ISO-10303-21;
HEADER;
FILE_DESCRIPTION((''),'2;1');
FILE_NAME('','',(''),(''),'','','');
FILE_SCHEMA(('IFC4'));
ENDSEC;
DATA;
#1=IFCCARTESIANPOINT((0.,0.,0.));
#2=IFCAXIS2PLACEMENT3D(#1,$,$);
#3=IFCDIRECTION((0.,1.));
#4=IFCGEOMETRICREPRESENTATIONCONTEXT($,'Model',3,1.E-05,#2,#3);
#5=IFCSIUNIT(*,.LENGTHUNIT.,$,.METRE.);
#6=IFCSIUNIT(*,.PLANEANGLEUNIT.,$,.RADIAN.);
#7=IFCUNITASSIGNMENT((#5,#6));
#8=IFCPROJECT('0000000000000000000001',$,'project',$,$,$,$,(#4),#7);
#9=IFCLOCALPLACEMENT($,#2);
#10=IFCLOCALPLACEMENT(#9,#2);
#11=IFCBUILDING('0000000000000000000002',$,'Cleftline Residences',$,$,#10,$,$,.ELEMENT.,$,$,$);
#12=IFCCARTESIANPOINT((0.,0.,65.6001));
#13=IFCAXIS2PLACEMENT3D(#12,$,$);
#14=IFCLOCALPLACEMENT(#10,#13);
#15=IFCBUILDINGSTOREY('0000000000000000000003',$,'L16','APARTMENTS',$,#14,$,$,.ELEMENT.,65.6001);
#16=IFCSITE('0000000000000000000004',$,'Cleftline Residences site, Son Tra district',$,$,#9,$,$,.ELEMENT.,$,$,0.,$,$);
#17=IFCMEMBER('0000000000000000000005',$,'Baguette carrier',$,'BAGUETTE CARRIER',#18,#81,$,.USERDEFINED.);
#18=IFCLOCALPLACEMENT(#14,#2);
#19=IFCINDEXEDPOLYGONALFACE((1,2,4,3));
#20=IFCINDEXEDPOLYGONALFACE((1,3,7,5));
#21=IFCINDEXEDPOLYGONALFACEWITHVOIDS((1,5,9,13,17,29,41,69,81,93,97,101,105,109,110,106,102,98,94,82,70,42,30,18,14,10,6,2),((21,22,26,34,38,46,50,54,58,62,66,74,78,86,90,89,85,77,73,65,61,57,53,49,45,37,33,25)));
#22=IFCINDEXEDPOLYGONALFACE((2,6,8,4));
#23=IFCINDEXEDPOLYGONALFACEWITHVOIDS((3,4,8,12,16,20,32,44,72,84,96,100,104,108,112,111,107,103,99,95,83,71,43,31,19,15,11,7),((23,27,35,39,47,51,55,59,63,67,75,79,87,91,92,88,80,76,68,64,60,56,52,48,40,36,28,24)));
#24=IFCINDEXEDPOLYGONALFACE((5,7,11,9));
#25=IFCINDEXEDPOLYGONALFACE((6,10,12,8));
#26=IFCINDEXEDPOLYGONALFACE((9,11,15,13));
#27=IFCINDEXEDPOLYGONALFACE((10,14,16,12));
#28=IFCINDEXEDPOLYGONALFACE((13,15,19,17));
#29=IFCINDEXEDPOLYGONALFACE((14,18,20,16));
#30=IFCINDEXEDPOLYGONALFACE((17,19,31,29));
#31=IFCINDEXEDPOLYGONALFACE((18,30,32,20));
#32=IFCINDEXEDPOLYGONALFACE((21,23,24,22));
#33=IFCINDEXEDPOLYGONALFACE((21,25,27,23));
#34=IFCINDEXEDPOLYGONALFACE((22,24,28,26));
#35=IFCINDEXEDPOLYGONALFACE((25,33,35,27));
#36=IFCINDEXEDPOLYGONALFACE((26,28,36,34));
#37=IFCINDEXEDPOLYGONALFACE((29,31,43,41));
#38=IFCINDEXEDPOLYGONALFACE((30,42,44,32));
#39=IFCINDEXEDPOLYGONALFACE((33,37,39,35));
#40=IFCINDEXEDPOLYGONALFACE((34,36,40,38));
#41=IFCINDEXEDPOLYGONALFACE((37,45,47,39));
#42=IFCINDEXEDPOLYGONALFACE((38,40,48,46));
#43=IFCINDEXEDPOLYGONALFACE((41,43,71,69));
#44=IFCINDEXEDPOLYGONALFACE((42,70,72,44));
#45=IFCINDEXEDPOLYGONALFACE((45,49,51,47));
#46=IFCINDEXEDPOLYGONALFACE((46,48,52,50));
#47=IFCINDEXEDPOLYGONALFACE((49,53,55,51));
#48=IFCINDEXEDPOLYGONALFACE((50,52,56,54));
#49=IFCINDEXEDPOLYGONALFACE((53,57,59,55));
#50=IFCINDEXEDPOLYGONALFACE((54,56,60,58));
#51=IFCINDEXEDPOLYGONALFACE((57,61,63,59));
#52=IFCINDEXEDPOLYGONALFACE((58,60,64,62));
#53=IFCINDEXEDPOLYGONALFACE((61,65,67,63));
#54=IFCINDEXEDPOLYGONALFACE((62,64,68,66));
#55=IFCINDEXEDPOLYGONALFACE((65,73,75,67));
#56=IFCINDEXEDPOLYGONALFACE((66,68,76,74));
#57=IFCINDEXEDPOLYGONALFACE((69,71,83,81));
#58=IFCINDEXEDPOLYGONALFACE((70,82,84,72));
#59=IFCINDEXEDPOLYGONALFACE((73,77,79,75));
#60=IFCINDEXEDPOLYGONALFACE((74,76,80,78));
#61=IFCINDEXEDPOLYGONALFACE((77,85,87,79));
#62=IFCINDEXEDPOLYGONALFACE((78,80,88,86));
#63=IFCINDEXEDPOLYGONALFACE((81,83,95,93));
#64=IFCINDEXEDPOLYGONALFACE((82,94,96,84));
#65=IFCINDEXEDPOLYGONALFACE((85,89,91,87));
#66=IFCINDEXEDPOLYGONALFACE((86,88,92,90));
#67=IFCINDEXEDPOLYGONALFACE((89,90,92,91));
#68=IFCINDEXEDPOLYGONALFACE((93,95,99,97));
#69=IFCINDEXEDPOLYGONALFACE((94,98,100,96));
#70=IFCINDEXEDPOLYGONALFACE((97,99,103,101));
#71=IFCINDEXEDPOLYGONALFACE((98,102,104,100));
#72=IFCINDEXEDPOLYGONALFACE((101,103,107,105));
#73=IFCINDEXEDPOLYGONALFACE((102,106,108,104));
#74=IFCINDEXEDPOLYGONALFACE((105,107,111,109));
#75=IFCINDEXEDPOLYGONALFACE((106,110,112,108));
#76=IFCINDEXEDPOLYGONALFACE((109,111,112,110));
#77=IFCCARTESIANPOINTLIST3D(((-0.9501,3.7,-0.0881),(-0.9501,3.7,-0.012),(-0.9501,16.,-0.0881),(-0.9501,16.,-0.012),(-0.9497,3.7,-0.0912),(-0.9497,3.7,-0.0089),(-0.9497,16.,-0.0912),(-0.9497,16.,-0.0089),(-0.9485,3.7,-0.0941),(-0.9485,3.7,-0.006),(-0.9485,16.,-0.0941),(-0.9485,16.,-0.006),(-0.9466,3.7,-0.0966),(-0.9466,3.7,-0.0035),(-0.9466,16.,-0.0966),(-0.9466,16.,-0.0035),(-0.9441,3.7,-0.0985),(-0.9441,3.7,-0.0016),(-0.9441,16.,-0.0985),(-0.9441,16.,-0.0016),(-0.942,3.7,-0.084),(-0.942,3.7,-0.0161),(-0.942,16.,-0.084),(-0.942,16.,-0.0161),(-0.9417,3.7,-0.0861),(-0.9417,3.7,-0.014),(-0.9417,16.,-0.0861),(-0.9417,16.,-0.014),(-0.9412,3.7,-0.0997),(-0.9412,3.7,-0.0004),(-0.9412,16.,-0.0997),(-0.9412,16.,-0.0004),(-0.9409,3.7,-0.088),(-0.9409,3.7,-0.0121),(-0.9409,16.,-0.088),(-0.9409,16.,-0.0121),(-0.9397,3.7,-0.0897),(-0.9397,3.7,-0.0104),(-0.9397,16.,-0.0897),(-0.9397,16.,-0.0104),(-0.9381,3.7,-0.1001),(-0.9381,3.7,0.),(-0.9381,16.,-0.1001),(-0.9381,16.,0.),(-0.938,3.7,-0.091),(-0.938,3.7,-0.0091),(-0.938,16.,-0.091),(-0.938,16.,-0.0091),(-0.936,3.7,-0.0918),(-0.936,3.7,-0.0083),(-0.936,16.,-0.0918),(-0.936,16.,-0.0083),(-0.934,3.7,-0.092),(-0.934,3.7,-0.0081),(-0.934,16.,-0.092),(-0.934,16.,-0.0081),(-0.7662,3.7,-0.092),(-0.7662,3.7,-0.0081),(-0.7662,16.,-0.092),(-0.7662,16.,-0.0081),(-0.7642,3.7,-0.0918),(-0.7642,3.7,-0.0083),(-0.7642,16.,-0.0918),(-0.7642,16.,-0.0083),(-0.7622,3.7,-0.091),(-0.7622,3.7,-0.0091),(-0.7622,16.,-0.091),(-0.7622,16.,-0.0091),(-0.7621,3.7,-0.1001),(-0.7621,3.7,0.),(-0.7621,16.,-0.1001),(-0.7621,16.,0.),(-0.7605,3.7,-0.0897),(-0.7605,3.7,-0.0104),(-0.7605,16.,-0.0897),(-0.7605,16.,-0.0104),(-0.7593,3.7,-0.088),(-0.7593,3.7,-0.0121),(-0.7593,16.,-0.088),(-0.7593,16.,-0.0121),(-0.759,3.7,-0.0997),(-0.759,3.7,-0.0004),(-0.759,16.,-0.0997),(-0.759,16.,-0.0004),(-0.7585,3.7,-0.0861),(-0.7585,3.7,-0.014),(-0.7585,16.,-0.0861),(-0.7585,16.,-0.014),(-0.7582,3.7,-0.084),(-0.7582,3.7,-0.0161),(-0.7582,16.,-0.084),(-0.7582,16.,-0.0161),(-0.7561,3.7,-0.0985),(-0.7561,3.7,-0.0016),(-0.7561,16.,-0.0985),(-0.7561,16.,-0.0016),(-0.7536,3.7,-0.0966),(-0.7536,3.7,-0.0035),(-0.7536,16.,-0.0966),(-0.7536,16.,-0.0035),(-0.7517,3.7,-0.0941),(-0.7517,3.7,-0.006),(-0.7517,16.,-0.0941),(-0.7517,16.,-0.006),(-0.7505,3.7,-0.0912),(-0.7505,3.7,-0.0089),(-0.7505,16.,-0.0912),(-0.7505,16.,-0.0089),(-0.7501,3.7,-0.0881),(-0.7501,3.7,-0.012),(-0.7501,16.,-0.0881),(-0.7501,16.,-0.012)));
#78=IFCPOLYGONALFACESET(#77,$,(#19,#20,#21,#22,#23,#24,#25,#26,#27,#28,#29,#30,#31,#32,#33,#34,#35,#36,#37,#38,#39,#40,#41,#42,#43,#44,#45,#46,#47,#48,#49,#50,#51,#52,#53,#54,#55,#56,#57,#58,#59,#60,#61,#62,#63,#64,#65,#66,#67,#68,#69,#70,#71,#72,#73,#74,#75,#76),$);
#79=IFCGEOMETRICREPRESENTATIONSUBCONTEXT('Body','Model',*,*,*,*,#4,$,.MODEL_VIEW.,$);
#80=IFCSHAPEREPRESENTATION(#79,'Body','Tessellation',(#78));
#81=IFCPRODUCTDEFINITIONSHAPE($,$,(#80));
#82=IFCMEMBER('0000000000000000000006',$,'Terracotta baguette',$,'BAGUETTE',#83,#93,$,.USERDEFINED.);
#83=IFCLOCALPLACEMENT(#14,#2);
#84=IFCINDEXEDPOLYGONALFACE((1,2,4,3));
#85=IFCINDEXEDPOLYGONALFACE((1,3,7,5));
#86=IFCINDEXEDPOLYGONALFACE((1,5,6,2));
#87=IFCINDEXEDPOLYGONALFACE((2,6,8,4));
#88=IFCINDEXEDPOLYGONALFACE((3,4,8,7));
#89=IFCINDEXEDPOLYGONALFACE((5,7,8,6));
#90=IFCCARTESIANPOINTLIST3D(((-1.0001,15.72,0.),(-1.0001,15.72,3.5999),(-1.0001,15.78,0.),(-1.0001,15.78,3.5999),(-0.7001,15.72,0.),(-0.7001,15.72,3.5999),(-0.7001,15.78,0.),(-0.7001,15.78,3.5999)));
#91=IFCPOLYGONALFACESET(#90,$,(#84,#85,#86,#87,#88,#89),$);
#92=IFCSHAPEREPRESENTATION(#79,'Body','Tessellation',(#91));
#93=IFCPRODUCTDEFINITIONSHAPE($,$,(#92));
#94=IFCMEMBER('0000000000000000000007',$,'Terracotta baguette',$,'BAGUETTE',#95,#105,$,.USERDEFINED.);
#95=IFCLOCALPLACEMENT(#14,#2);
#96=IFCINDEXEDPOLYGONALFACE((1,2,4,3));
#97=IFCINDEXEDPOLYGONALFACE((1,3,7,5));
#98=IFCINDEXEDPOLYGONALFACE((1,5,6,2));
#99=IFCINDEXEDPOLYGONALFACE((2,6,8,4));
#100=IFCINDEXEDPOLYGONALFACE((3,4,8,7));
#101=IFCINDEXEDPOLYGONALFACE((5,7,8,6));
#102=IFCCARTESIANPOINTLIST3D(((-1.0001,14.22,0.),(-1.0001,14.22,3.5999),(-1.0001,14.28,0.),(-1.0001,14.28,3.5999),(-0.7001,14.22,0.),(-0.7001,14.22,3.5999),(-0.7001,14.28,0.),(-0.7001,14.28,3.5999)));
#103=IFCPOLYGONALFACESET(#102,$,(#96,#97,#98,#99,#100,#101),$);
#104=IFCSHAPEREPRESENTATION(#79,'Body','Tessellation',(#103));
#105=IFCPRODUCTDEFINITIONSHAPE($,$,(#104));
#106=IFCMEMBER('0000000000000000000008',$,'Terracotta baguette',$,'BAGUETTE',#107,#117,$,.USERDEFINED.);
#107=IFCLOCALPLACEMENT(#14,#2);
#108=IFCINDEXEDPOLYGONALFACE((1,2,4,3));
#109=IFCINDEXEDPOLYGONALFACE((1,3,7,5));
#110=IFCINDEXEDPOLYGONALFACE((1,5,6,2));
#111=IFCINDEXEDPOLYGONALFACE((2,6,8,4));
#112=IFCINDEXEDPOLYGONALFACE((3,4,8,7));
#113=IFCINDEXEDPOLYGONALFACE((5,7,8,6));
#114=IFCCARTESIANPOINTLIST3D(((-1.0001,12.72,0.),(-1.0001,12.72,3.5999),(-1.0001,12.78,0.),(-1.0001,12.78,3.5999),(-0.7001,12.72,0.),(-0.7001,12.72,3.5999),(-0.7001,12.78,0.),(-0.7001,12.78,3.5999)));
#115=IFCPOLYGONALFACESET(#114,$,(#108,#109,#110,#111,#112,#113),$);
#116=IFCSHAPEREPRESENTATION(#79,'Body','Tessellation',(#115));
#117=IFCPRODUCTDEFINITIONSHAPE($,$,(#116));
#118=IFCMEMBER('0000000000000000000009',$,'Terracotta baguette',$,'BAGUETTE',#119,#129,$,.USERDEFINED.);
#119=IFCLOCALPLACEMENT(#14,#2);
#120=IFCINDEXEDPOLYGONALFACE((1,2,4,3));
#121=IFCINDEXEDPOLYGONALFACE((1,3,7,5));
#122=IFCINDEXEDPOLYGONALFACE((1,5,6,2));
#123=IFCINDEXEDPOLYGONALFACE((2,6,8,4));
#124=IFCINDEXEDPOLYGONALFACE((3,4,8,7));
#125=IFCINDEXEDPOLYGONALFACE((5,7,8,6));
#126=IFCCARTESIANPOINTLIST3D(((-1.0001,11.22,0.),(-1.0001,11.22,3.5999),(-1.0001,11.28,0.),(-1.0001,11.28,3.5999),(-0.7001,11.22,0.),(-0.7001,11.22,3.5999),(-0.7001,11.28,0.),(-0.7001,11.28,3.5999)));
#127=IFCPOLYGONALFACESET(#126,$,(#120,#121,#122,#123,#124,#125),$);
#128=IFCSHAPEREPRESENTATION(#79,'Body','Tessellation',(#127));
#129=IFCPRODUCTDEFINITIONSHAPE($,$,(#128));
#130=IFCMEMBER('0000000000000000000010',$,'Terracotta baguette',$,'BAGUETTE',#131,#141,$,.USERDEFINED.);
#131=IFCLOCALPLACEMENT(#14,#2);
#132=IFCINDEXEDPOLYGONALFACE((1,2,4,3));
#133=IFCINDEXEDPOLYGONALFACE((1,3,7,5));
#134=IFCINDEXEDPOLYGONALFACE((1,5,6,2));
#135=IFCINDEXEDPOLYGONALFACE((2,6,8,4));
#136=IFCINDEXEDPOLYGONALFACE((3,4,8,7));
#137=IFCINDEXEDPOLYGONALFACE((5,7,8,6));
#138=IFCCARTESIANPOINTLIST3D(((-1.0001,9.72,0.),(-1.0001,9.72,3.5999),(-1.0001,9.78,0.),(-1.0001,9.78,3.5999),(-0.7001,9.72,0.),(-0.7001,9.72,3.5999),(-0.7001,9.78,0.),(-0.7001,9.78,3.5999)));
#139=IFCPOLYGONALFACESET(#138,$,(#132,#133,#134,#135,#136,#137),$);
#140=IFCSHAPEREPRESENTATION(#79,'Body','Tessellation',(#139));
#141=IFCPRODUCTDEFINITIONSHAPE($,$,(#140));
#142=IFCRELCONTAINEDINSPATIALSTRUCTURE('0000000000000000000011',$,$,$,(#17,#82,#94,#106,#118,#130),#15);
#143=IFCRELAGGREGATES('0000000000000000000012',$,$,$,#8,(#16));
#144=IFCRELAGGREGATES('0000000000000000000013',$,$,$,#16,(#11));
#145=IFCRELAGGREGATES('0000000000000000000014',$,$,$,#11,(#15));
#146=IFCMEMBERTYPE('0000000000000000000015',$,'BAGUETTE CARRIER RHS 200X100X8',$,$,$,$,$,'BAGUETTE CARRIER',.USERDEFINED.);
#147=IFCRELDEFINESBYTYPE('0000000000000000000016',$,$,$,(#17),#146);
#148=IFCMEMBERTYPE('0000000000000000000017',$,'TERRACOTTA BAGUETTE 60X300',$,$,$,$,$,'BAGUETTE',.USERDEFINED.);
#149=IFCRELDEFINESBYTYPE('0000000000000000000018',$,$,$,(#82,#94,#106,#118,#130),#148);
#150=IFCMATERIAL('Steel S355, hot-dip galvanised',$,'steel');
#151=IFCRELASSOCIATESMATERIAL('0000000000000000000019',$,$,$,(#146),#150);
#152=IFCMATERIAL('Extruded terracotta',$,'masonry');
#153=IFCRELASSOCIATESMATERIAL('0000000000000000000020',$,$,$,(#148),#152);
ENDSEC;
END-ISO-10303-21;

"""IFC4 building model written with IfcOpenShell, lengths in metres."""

from ifc_helpers import new_model, si_unit, direction, frame, origin, origin_2d, place, context, subcontext, project, spatial, rectangle, hollow_rectangle, extrude, material, material_profile, profile_set, type_object, element, save


model = new_model("IFC4")

# Units and contexts
model_context = context("Model", 3, precision=1e-05, world=origin(), true_north=direction((0.0, 1.0)))
body_context = subcontext(model_context, "Body", "Model", "MODEL_VIEW")
ifc_project = project(units=[si_unit("LENGTHUNIT", "METRE"), si_unit("PLANEANGLEUNIT", "RADIAN")], contexts=[model_context])

# Site, building, storey
site_placement = place(None, origin())
site = spatial("IfcSite", under=ifc_project, at=site_placement, Name="Cleftline Residences site, Son Tra district", CompositionType="ELEMENT", RefElevation=0.0)
building_placement = place(site_placement, origin())
building = spatial("IfcBuilding", under=site, at=building_placement, Name="Cleftline Residences", CompositionType="ELEMENT")
storey_placement = place(building_placement, frame((0.0, 0.0, 65.6001)))
storey = spatial("IfcBuildingStorey", under=building, at=storey_placement, Name="L16", Description="APARTMENTS", CompositionType="ELEMENT", Elevation=65.6001)

# Members
ifc_material_1 = material(Name="Steel S355, hot-dip galvanised", Category="steel")
ifc_material_profile_1 = material_profile(ifc_material_1, hollow_rectangle(XDim=0.1001, YDim=0.2, WallThickness=0.0081, InnerFilletRadius=0.0081, OuterFilletRadius=0.012, at=origin_2d()))
ifc_profile_set_1 = profile_set([ifc_material_profile_1], Name="Steel S355, hot-dip galvanised")
member_type_1 = type_object("IfcMemberType", Name="BAGUETTE CARRIER RHS 200X100X8", ElementType="BAGUETTE CARRIER", PredefinedType="USERDEFINED", material=ifc_profile_set_1)
member_placement = place(storey_placement, frame((-0.8501, 16.0, -0.05), z_axis=(0.0, -1.0, 0.0), x_axis=(0.0, 0.0, 1.0)))
element("IfcMember", 1, at=member_placement, inside=storey, type_object=member_type_1, Name="Baguette carrier", ObjectType="BAGUETTE CARRIER", PredefinedType="USERDEFINED", context=body_context, shape_type="SweptSolid", body=[
    extrude(hollow_rectangle(XDim=0.1001, YDim=0.2, WallThickness=0.0081, InnerFilletRadius=0.0081, OuterFilletRadius=0.012, at=origin_2d()), origin(), (0.0, 0.0, 1.0), 12.3),
])
ifc_material_2 = material(Name="Extruded terracotta", Category="masonry")
ifc_material_profile_2 = material_profile(ifc_material_2, rectangle(XDim=0.0601, YDim=0.3, at=origin_2d()))
ifc_profile_set_2 = profile_set([ifc_material_profile_2], Name="Extruded terracotta")
member_type_2 = type_object("IfcMemberType", Name="TERRACOTTA BAGUETTE 60X300", ElementType="BAGUETTE", PredefinedType="USERDEFINED", material=ifc_profile_set_2)
for number, where, z_axis, x_axis, name in (
    (2, (-0.8501, 15.75, 0.0), (0.0, 0.0, 1.0), (0.0, 1.0, 0.0), "Terracotta baguette"),
    (3, (-0.8501, 14.25, 0.0), (0.0, 0.0, 1.0), (0.0, 1.0, 0.0), "Terracotta baguette"),
    (4, (-0.8501, 12.75, 0.0), (0.0, 0.0, 1.0), (0.0, 1.0, 0.0), "Terracotta baguette"),
    (5, (-0.8501, 11.25, 0.0), (0.0, 0.0, 1.0), (0.0, 1.0, 0.0), "Terracotta baguette"),
    (6, (-0.8501, 9.75, 0.0), (0.0, 0.0, 1.0), (0.0, 1.0, 0.0), "Terracotta baguette"),
):
    element("IfcMember", number, at=place(storey_placement, frame(where, z_axis=z_axis, x_axis=x_axis)), inside=storey, type_object=member_type_2, Name=name, ObjectType="BAGUETTE", PredefinedType="USERDEFINED", context=body_context, shape_type="SweptSolid", body=[
        extrude(rectangle(XDim=0.0601, YDim=0.3, at=origin_2d()), origin(), (0.0, 0.0, 1.0), 3.5999),
    ])

save(model, "model.ifc")
